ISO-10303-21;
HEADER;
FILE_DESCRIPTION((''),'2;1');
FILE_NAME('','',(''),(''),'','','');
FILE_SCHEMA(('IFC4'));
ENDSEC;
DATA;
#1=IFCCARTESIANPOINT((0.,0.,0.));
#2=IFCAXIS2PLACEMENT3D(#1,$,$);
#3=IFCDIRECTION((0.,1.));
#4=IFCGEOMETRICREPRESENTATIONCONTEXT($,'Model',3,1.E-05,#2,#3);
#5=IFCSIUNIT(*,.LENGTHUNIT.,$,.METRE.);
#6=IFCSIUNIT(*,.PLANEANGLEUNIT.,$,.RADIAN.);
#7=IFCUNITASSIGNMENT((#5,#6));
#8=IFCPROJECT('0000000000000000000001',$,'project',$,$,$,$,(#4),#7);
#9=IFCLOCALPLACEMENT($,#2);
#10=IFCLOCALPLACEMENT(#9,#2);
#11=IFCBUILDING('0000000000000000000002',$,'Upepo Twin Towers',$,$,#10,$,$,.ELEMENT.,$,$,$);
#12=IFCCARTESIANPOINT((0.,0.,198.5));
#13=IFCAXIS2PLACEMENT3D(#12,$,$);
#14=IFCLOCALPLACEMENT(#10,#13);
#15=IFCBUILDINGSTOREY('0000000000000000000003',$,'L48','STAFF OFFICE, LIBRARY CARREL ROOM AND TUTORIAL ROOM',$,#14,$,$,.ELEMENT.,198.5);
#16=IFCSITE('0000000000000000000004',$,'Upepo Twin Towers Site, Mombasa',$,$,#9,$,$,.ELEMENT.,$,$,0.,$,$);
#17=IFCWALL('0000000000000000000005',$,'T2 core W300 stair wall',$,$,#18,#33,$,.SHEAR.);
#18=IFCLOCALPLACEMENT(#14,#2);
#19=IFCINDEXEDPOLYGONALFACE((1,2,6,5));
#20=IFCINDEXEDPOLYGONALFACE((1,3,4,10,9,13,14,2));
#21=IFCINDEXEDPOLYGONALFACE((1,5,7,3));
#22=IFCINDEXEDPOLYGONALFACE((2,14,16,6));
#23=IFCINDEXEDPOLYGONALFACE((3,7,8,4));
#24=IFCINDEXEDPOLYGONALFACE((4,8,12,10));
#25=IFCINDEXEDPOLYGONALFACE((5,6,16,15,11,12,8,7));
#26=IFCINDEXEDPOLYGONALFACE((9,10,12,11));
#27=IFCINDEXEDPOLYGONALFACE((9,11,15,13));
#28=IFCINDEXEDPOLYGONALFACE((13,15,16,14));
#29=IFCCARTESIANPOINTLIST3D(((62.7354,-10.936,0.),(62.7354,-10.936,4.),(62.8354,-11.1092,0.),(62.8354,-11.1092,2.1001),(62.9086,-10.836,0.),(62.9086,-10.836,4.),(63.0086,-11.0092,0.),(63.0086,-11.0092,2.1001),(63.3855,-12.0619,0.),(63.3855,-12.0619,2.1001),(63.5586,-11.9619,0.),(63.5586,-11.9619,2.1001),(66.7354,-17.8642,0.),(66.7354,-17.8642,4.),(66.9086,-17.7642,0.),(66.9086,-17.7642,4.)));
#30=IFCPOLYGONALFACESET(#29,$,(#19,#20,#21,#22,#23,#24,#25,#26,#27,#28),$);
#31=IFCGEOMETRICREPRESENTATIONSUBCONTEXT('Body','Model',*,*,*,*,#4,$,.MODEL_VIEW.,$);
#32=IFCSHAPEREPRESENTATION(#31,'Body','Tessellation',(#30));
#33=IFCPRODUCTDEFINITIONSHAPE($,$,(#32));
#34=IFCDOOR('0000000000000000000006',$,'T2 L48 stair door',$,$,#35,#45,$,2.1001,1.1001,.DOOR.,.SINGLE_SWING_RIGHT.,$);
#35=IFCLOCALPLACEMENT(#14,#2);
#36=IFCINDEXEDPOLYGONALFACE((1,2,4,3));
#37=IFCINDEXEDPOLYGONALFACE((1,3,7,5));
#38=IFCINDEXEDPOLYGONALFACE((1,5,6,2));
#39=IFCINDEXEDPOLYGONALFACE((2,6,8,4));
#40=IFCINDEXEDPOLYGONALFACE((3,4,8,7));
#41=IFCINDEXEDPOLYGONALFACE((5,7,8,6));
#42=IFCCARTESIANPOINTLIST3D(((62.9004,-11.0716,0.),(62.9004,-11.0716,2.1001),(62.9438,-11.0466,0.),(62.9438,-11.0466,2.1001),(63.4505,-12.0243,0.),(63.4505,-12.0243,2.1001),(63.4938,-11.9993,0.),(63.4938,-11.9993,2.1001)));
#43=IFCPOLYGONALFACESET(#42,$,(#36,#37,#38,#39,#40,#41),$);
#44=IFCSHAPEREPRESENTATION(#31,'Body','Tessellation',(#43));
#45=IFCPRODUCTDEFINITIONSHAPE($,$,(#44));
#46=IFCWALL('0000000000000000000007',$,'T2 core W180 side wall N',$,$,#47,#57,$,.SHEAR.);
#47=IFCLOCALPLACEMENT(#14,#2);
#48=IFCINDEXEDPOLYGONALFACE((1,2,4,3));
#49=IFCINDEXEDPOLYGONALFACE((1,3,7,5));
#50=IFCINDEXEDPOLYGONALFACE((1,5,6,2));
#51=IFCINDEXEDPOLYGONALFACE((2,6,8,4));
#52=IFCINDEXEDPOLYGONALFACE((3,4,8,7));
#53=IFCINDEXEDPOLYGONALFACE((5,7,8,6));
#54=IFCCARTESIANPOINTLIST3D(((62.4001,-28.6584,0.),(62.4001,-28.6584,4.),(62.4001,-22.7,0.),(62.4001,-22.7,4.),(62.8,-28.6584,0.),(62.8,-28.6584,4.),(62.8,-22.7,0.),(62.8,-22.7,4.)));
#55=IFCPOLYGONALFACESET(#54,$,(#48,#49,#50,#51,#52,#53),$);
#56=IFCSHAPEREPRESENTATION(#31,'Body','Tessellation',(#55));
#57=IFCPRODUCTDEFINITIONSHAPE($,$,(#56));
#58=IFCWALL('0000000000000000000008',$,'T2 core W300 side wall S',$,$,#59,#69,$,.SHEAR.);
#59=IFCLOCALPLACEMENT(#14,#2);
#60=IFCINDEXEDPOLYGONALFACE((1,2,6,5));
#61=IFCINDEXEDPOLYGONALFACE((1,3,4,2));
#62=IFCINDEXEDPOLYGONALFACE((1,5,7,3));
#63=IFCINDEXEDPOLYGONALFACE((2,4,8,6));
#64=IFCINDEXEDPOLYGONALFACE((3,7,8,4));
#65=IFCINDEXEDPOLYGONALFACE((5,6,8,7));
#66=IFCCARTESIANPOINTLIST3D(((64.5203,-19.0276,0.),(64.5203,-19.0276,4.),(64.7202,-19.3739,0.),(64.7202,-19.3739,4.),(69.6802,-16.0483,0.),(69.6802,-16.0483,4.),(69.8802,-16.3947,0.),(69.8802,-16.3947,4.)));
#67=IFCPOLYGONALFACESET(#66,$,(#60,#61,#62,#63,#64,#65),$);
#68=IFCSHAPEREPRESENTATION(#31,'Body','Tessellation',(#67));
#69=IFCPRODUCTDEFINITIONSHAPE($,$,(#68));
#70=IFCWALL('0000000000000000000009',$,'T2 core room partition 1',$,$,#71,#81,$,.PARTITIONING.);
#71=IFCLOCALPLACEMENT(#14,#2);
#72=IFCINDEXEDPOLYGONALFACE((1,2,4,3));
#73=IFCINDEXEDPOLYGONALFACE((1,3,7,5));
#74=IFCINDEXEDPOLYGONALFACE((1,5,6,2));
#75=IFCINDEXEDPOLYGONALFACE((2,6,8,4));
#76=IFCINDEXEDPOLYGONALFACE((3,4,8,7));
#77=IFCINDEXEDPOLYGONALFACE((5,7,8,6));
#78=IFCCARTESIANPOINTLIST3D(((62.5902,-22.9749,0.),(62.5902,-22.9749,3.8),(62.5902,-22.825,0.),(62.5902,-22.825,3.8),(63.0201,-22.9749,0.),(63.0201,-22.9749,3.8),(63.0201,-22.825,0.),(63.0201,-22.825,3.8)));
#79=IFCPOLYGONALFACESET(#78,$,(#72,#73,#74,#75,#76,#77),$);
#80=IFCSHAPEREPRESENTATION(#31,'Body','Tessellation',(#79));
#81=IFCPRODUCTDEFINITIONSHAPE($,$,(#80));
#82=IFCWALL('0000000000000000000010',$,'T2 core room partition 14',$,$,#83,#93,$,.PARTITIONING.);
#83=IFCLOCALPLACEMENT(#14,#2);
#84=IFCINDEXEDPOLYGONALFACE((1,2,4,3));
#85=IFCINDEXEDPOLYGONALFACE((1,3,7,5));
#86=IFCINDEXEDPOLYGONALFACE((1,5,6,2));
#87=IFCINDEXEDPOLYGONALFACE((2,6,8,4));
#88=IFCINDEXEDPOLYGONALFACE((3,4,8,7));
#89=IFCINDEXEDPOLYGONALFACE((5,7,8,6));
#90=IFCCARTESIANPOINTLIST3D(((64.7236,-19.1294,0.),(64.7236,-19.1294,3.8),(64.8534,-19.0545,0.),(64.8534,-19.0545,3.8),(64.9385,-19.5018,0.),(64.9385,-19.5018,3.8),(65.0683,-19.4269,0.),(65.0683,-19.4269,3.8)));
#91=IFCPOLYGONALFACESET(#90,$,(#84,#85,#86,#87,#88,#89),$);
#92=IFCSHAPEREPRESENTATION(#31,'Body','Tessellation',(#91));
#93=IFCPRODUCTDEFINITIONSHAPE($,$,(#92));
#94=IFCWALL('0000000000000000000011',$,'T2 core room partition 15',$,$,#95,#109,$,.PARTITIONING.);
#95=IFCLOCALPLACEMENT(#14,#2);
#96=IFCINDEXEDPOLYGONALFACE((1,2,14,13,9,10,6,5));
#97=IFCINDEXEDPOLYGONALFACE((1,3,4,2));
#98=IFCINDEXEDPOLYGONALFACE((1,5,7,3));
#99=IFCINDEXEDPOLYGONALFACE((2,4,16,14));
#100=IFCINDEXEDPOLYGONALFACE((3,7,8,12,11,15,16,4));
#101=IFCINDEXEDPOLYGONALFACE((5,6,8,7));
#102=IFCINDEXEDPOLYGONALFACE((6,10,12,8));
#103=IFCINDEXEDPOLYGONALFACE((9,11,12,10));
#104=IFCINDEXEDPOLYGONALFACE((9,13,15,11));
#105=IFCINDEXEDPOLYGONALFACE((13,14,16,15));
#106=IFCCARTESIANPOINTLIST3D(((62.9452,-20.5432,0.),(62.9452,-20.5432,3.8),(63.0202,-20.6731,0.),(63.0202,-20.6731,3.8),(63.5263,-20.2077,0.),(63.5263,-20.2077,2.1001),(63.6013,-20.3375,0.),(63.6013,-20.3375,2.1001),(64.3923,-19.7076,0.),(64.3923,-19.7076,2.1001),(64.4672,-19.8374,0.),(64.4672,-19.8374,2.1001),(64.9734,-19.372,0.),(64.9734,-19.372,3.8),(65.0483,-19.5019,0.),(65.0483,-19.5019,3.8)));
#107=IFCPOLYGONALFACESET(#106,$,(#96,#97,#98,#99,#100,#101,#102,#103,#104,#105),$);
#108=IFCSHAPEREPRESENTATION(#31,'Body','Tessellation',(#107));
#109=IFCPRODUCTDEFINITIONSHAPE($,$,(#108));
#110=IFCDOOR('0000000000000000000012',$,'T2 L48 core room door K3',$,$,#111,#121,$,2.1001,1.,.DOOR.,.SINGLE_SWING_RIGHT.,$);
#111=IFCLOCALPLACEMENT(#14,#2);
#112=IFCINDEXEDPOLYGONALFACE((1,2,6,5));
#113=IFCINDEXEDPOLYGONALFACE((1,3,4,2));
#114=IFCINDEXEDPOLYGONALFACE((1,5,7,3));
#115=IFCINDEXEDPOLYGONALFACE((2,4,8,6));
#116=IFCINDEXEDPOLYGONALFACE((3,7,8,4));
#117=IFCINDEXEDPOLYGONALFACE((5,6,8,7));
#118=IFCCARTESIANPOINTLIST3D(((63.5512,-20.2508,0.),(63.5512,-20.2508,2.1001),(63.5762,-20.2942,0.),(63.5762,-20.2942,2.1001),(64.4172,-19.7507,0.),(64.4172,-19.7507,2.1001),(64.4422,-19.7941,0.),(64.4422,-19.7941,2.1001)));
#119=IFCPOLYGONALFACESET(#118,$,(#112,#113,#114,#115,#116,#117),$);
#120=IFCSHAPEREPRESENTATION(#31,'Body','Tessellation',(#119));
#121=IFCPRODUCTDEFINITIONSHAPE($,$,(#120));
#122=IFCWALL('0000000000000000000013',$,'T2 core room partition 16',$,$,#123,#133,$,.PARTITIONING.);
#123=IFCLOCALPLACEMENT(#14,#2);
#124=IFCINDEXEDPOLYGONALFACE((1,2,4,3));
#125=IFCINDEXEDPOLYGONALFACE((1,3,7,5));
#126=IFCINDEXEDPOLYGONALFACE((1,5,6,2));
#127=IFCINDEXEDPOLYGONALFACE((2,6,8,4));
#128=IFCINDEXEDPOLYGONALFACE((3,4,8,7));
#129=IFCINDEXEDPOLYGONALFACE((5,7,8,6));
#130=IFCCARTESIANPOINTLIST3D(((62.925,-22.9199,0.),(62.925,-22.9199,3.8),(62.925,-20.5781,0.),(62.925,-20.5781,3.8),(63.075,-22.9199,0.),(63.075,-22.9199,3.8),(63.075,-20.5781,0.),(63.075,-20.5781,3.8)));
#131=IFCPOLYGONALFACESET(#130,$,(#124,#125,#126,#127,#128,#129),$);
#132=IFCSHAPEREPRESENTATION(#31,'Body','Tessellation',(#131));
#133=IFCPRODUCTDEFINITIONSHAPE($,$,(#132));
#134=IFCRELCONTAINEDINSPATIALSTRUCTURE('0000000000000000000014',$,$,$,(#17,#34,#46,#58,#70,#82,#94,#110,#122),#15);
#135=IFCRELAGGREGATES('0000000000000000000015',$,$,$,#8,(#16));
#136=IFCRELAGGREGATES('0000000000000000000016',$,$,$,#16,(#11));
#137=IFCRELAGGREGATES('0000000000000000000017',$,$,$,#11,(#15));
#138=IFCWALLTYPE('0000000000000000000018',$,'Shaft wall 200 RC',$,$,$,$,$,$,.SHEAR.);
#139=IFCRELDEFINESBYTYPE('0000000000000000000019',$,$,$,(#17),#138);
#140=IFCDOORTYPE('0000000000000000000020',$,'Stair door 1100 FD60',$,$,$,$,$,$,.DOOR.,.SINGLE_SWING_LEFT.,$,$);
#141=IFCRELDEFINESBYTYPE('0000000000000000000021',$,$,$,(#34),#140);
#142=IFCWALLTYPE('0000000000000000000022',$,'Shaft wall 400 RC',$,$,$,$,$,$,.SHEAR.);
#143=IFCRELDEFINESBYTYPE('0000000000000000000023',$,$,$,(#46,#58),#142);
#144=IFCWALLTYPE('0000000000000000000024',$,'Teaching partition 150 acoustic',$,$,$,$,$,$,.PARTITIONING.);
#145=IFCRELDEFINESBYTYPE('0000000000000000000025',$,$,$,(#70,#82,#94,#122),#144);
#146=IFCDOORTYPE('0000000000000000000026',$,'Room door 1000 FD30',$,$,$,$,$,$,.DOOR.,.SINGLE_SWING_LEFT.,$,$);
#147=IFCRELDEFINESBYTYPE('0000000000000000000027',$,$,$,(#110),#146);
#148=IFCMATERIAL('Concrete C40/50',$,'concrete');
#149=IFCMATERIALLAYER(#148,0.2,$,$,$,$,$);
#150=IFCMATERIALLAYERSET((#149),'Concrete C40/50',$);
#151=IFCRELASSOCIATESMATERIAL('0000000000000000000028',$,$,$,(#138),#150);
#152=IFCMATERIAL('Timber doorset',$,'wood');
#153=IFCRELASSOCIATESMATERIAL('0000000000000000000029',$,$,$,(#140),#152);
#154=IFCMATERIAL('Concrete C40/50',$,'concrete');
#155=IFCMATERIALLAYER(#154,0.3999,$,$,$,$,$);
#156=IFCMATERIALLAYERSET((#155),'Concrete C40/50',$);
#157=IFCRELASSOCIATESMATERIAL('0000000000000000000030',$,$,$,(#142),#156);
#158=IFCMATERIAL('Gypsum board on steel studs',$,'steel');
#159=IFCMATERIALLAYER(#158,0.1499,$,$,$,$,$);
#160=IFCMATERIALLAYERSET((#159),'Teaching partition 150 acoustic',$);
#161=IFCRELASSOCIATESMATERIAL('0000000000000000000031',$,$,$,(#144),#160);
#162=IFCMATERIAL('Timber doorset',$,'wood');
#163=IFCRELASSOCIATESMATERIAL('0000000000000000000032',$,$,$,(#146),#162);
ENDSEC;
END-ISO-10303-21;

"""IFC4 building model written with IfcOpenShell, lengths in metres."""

from ifc_helpers import new_model, si_unit, direction, frame, frame_2d, origin, place, context, subcontext, project, spatial, rectangle, extrude, material, layer, layer_set, type_object, element, fill, save


model = new_model("IFC4")

# Units and contexts
model_context = context("Model", 3, precision=1e-05, world=origin(), true_north=direction((0.0, 1.0)))
body_context = subcontext(model_context, "Body", "Model", "MODEL_VIEW")
ifc_project = project(units=[si_unit("LENGTHUNIT", "METRE"), si_unit("PLANEANGLEUNIT", "RADIAN")], contexts=[model_context])

# Site, building, storey
site_placement = place(None, origin())
site = spatial("IfcSite", under=ifc_project, at=site_placement, Name="Upepo Twin Towers Site, Mombasa", CompositionType="ELEMENT", RefElevation=0.0)
building_placement = place(site_placement, origin())
building = spatial("IfcBuilding", under=site, at=building_placement, Name="Upepo Twin Towers", CompositionType="ELEMENT")
storey_placement = place(building_placement, frame((0.0, 0.0, 198.5)))
storey = spatial("IfcBuildingStorey", under=building, at=storey_placement, Name="L48", Description="STAFF OFFICE, LIBRARY CARREL ROOM AND TUTORIAL ROOM", CompositionType="ELEMENT", Elevation=198.5)

# Shared definitions
ifc_material_1 = material(Name="Concrete C40/50", Category="concrete")
ifc_layer_1 = layer(ifc_material_1, 0.2)
ifc_layer_set_1 = layer_set([ifc_layer_1], Name="Concrete C40/50")
wall_type_1 = type_object("IfcWallType", Name="Shaft wall 200 RC", PredefinedType="SHEAR", material=ifc_layer_set_1)

# Wall, opening, door
wall_1_placement = place(storey_placement, frame((66.822, -17.8142, 0.0), z_axis=(0.0, 0.0, 1.0), x_axis=(-0.499999, 0.866026, 0.0)))
wall_1 = element("IfcWall", 1, at=wall_1_placement, inside=storey, type_object=wall_type_1, Name="T2 core W300 stair wall", PredefinedType="SHEAR", context=body_context, shape_type="SweptSolid", body=[
    extrude(rectangle(XDim=8.0, YDim=0.2, at=frame_2d((4.0, 0.0))), origin(), (0.0, 0.0, 1.0), 4.0),
])
opening_1_placement = place(wall_1_placement, frame((6.7, 0.0, 0.0)))
opening_1 = element("IfcOpeningElement", 2, at=opening_1_placement, cuts=wall_1, PredefinedType="OPENING", context=body_context, shape_type="SweptSolid", body=[
    extrude(rectangle(XDim=1.1001, YDim=2.1001, at=frame_2d((0.55, 1.05))), frame((0.0, 0.1099, 0.0), z_axis=(0.0, -1.0, 0.0), x_axis=(1.0, 0.0, 0.0)), (0.0, 0.0, 1.0), 0.22),
])
ifc_material_2 = material(Name="Timber doorset", Category="wood")
door_type_1 = type_object("IfcDoorType", Name="Stair door 1100 FD60", OperationType="SINGLE_SWING_LEFT", PredefinedType="DOOR", material=ifc_material_2)
door_1_placement = place(opening_1_placement, origin())
door_1 = element("IfcDoor", 3, at=door_1_placement, inside=storey, type_object=door_type_1, Name="T2 L48 stair door", OperationType="SINGLE_SWING_RIGHT", OverallHeight=2.1001, OverallWidth=1.1001, PredefinedType="DOOR", context=body_context, shape_type="SweptSolid", body=[
    extrude(rectangle(XDim=1.1001, YDim=2.1001, at=frame_2d((0.55, 1.05))), frame((0.0, 0.0249, 0.0), z_axis=(0.0, -1.0, 0.0), x_axis=(1.0, 0.0, 0.0)), (0.0, 0.0, 1.0), 0.05),
])
fill(opening_1, door_1)

# Walls
ifc_material_3 = material(Name="Concrete C40/50", Category="concrete")
ifc_layer_2 = layer(ifc_material_3, 0.3999)
ifc_layer_set_2 = layer_set([ifc_layer_2], Name="Concrete C40/50")
wall_type_2 = type_object("IfcWallType", Name="Shaft wall 400 RC", PredefinedType="SHEAR", material=ifc_layer_set_2)
wall_2_placement = place(storey_placement, frame((62.6001, -22.7, 0.0), z_axis=(0.0, 0.0, 1.0), x_axis=(0.0, -1.0, 0.0)))
element("IfcWall", 4, at=wall_2_placement, inside=storey, type_object=wall_type_2, Name="T2 core W180 side wall N", PredefinedType="SHEAR", context=body_context, shape_type="SweptSolid", body=[
    extrude(rectangle(XDim=5.9585, YDim=0.3999, at=frame_2d((2.9792, 0.0))), origin(), (0.0, 0.0, 1.0), 4.0),
])
wall_3_placement = place(storey_placement, frame((64.6204, -19.2007, 0.0), z_axis=(0.0, 0.0, 1.0), x_axis=(0.866013, 0.500022, 0.0)))
element("IfcWall", 5, at=wall_3_placement, inside=storey, type_object=wall_type_2, Name="T2 core W300 side wall S", PredefinedType="SHEAR", context=body_context, shape_type="SweptSolid", body=[
    extrude(rectangle(XDim=5.9583, YDim=0.3999, at=frame_2d((2.979, 0.0))), origin(), (0.0, 0.0, 1.0), 4.0),
])
ifc_material_4 = material(Name="Gypsum board on steel studs", Category="steel")
ifc_layer_3 = layer(ifc_material_4, 0.1499)
ifc_layer_set_3 = layer_set([ifc_layer_3], Name="Teaching partition 150 acoustic")
wall_type_3 = type_object("IfcWallType", Name="Teaching partition 150 acoustic", PredefinedType="PARTITIONING", material=ifc_layer_set_3)
for number, where, z_axis, x_axis, name in (
    (6, (63.02, -22.8999, 0.0), (0.0, 0.0, 1.0), (-1.0, 0.0, 0.0), "T2 core room partition 1"),
    (7, (64.7886, -19.092, 0.0), (0.0, 0.0, 1.0), (0.499804, -0.866138, 0.0), "T2 core room partition 14"),
):
    element("IfcWall", number, at=place(storey_placement, frame(where, z_axis=z_axis, x_axis=x_axis)), inside=storey, type_object=wall_type_3, Name=name, PredefinedType="PARTITIONING", context=body_context, shape_type="SweptSolid", body=[
        extrude(rectangle(XDim=0.4299, YDim=0.1499, at=frame_2d((0.2148, 0.0))), origin(), (0.0, 0.0, 1.0), 3.8),
    ])

# Wall, opening, door
wall_4_placement = place(storey_placement, frame((65.0107, -19.437, 0.0), z_axis=(0.0, 0.0, 1.0), x_axis=(-0.865982, -0.500074, 0.0)))
wall_4 = element("IfcWall", 8, at=wall_4_placement, inside=storey, type_object=wall_type_3, Name="T2 core room partition 15", PredefinedType="PARTITIONING", context=body_context, shape_type="SweptSolid", body=[
    extrude(rectangle(XDim=2.342, YDim=0.1499, at=frame_2d((1.1709, 0.0))), origin(), (0.0, 0.0, 1.0), 3.8),
])
opening_2_placement = place(wall_4_placement, frame((0.6709, 0.0, 0.0)))
opening_2 = element("IfcOpeningElement", 9, at=opening_2_placement, cuts=wall_4, PredefinedType="OPENING", context=body_context, shape_type="SweptSolid", body=[
    extrude(rectangle(XDim=1.0, YDim=2.1001, at=frame_2d((0.5, 1.05))), frame((0.0, 0.085, 0.0), z_axis=(0.0, -1.0, 0.0), x_axis=(1.0, 0.0, 0.0)), (0.0, 0.0, 1.0), 0.1699),
])
ifc_material_5 = material(Name="Timber doorset", Category="wood")
door_type_2 = type_object("IfcDoorType", Name="Room door 1000 FD30", OperationType="SINGLE_SWING_LEFT", PredefinedType="DOOR", material=ifc_material_5)
door_2_placement = place(opening_2_placement, origin())
door_2 = element("IfcDoor", 10, at=door_2_placement, inside=storey, type_object=door_type_2, Name="T2 L48 core room door K3", OperationType="SINGLE_SWING_RIGHT", OverallHeight=2.1001, OverallWidth=1.0, PredefinedType="DOOR", context=body_context, shape_type="SweptSolid", body=[
    extrude(rectangle(XDim=1.0, YDim=2.1001, at=frame_2d((0.5, 1.05))), frame((0.0, 0.0249, 0.0), z_axis=(0.0, -1.0, 0.0), x_axis=(1.0, 0.0, 0.0)), (0.0, 0.0, 1.0), 0.05),
])
fill(opening_2, door_2)

# Wall
wall_5_placement = place(storey_placement, frame((63.0, -20.5781, 0.0), z_axis=(0.0, 0.0, 1.0), x_axis=(0.0, -1.0, 0.0)))
element("IfcWall", 11, at=wall_5_placement, inside=storey, type_object=wall_type_3, Name="T2 core room partition 16", PredefinedType="PARTITIONING", context=body_context, shape_type="SweptSolid", body=[
    extrude(rectangle(XDim=2.3418, YDim=0.1499, at=frame_2d((1.1709, 0.0))), origin(), (0.0, 0.0, 1.0), 3.8),
])

save(model, "model.ifc")
